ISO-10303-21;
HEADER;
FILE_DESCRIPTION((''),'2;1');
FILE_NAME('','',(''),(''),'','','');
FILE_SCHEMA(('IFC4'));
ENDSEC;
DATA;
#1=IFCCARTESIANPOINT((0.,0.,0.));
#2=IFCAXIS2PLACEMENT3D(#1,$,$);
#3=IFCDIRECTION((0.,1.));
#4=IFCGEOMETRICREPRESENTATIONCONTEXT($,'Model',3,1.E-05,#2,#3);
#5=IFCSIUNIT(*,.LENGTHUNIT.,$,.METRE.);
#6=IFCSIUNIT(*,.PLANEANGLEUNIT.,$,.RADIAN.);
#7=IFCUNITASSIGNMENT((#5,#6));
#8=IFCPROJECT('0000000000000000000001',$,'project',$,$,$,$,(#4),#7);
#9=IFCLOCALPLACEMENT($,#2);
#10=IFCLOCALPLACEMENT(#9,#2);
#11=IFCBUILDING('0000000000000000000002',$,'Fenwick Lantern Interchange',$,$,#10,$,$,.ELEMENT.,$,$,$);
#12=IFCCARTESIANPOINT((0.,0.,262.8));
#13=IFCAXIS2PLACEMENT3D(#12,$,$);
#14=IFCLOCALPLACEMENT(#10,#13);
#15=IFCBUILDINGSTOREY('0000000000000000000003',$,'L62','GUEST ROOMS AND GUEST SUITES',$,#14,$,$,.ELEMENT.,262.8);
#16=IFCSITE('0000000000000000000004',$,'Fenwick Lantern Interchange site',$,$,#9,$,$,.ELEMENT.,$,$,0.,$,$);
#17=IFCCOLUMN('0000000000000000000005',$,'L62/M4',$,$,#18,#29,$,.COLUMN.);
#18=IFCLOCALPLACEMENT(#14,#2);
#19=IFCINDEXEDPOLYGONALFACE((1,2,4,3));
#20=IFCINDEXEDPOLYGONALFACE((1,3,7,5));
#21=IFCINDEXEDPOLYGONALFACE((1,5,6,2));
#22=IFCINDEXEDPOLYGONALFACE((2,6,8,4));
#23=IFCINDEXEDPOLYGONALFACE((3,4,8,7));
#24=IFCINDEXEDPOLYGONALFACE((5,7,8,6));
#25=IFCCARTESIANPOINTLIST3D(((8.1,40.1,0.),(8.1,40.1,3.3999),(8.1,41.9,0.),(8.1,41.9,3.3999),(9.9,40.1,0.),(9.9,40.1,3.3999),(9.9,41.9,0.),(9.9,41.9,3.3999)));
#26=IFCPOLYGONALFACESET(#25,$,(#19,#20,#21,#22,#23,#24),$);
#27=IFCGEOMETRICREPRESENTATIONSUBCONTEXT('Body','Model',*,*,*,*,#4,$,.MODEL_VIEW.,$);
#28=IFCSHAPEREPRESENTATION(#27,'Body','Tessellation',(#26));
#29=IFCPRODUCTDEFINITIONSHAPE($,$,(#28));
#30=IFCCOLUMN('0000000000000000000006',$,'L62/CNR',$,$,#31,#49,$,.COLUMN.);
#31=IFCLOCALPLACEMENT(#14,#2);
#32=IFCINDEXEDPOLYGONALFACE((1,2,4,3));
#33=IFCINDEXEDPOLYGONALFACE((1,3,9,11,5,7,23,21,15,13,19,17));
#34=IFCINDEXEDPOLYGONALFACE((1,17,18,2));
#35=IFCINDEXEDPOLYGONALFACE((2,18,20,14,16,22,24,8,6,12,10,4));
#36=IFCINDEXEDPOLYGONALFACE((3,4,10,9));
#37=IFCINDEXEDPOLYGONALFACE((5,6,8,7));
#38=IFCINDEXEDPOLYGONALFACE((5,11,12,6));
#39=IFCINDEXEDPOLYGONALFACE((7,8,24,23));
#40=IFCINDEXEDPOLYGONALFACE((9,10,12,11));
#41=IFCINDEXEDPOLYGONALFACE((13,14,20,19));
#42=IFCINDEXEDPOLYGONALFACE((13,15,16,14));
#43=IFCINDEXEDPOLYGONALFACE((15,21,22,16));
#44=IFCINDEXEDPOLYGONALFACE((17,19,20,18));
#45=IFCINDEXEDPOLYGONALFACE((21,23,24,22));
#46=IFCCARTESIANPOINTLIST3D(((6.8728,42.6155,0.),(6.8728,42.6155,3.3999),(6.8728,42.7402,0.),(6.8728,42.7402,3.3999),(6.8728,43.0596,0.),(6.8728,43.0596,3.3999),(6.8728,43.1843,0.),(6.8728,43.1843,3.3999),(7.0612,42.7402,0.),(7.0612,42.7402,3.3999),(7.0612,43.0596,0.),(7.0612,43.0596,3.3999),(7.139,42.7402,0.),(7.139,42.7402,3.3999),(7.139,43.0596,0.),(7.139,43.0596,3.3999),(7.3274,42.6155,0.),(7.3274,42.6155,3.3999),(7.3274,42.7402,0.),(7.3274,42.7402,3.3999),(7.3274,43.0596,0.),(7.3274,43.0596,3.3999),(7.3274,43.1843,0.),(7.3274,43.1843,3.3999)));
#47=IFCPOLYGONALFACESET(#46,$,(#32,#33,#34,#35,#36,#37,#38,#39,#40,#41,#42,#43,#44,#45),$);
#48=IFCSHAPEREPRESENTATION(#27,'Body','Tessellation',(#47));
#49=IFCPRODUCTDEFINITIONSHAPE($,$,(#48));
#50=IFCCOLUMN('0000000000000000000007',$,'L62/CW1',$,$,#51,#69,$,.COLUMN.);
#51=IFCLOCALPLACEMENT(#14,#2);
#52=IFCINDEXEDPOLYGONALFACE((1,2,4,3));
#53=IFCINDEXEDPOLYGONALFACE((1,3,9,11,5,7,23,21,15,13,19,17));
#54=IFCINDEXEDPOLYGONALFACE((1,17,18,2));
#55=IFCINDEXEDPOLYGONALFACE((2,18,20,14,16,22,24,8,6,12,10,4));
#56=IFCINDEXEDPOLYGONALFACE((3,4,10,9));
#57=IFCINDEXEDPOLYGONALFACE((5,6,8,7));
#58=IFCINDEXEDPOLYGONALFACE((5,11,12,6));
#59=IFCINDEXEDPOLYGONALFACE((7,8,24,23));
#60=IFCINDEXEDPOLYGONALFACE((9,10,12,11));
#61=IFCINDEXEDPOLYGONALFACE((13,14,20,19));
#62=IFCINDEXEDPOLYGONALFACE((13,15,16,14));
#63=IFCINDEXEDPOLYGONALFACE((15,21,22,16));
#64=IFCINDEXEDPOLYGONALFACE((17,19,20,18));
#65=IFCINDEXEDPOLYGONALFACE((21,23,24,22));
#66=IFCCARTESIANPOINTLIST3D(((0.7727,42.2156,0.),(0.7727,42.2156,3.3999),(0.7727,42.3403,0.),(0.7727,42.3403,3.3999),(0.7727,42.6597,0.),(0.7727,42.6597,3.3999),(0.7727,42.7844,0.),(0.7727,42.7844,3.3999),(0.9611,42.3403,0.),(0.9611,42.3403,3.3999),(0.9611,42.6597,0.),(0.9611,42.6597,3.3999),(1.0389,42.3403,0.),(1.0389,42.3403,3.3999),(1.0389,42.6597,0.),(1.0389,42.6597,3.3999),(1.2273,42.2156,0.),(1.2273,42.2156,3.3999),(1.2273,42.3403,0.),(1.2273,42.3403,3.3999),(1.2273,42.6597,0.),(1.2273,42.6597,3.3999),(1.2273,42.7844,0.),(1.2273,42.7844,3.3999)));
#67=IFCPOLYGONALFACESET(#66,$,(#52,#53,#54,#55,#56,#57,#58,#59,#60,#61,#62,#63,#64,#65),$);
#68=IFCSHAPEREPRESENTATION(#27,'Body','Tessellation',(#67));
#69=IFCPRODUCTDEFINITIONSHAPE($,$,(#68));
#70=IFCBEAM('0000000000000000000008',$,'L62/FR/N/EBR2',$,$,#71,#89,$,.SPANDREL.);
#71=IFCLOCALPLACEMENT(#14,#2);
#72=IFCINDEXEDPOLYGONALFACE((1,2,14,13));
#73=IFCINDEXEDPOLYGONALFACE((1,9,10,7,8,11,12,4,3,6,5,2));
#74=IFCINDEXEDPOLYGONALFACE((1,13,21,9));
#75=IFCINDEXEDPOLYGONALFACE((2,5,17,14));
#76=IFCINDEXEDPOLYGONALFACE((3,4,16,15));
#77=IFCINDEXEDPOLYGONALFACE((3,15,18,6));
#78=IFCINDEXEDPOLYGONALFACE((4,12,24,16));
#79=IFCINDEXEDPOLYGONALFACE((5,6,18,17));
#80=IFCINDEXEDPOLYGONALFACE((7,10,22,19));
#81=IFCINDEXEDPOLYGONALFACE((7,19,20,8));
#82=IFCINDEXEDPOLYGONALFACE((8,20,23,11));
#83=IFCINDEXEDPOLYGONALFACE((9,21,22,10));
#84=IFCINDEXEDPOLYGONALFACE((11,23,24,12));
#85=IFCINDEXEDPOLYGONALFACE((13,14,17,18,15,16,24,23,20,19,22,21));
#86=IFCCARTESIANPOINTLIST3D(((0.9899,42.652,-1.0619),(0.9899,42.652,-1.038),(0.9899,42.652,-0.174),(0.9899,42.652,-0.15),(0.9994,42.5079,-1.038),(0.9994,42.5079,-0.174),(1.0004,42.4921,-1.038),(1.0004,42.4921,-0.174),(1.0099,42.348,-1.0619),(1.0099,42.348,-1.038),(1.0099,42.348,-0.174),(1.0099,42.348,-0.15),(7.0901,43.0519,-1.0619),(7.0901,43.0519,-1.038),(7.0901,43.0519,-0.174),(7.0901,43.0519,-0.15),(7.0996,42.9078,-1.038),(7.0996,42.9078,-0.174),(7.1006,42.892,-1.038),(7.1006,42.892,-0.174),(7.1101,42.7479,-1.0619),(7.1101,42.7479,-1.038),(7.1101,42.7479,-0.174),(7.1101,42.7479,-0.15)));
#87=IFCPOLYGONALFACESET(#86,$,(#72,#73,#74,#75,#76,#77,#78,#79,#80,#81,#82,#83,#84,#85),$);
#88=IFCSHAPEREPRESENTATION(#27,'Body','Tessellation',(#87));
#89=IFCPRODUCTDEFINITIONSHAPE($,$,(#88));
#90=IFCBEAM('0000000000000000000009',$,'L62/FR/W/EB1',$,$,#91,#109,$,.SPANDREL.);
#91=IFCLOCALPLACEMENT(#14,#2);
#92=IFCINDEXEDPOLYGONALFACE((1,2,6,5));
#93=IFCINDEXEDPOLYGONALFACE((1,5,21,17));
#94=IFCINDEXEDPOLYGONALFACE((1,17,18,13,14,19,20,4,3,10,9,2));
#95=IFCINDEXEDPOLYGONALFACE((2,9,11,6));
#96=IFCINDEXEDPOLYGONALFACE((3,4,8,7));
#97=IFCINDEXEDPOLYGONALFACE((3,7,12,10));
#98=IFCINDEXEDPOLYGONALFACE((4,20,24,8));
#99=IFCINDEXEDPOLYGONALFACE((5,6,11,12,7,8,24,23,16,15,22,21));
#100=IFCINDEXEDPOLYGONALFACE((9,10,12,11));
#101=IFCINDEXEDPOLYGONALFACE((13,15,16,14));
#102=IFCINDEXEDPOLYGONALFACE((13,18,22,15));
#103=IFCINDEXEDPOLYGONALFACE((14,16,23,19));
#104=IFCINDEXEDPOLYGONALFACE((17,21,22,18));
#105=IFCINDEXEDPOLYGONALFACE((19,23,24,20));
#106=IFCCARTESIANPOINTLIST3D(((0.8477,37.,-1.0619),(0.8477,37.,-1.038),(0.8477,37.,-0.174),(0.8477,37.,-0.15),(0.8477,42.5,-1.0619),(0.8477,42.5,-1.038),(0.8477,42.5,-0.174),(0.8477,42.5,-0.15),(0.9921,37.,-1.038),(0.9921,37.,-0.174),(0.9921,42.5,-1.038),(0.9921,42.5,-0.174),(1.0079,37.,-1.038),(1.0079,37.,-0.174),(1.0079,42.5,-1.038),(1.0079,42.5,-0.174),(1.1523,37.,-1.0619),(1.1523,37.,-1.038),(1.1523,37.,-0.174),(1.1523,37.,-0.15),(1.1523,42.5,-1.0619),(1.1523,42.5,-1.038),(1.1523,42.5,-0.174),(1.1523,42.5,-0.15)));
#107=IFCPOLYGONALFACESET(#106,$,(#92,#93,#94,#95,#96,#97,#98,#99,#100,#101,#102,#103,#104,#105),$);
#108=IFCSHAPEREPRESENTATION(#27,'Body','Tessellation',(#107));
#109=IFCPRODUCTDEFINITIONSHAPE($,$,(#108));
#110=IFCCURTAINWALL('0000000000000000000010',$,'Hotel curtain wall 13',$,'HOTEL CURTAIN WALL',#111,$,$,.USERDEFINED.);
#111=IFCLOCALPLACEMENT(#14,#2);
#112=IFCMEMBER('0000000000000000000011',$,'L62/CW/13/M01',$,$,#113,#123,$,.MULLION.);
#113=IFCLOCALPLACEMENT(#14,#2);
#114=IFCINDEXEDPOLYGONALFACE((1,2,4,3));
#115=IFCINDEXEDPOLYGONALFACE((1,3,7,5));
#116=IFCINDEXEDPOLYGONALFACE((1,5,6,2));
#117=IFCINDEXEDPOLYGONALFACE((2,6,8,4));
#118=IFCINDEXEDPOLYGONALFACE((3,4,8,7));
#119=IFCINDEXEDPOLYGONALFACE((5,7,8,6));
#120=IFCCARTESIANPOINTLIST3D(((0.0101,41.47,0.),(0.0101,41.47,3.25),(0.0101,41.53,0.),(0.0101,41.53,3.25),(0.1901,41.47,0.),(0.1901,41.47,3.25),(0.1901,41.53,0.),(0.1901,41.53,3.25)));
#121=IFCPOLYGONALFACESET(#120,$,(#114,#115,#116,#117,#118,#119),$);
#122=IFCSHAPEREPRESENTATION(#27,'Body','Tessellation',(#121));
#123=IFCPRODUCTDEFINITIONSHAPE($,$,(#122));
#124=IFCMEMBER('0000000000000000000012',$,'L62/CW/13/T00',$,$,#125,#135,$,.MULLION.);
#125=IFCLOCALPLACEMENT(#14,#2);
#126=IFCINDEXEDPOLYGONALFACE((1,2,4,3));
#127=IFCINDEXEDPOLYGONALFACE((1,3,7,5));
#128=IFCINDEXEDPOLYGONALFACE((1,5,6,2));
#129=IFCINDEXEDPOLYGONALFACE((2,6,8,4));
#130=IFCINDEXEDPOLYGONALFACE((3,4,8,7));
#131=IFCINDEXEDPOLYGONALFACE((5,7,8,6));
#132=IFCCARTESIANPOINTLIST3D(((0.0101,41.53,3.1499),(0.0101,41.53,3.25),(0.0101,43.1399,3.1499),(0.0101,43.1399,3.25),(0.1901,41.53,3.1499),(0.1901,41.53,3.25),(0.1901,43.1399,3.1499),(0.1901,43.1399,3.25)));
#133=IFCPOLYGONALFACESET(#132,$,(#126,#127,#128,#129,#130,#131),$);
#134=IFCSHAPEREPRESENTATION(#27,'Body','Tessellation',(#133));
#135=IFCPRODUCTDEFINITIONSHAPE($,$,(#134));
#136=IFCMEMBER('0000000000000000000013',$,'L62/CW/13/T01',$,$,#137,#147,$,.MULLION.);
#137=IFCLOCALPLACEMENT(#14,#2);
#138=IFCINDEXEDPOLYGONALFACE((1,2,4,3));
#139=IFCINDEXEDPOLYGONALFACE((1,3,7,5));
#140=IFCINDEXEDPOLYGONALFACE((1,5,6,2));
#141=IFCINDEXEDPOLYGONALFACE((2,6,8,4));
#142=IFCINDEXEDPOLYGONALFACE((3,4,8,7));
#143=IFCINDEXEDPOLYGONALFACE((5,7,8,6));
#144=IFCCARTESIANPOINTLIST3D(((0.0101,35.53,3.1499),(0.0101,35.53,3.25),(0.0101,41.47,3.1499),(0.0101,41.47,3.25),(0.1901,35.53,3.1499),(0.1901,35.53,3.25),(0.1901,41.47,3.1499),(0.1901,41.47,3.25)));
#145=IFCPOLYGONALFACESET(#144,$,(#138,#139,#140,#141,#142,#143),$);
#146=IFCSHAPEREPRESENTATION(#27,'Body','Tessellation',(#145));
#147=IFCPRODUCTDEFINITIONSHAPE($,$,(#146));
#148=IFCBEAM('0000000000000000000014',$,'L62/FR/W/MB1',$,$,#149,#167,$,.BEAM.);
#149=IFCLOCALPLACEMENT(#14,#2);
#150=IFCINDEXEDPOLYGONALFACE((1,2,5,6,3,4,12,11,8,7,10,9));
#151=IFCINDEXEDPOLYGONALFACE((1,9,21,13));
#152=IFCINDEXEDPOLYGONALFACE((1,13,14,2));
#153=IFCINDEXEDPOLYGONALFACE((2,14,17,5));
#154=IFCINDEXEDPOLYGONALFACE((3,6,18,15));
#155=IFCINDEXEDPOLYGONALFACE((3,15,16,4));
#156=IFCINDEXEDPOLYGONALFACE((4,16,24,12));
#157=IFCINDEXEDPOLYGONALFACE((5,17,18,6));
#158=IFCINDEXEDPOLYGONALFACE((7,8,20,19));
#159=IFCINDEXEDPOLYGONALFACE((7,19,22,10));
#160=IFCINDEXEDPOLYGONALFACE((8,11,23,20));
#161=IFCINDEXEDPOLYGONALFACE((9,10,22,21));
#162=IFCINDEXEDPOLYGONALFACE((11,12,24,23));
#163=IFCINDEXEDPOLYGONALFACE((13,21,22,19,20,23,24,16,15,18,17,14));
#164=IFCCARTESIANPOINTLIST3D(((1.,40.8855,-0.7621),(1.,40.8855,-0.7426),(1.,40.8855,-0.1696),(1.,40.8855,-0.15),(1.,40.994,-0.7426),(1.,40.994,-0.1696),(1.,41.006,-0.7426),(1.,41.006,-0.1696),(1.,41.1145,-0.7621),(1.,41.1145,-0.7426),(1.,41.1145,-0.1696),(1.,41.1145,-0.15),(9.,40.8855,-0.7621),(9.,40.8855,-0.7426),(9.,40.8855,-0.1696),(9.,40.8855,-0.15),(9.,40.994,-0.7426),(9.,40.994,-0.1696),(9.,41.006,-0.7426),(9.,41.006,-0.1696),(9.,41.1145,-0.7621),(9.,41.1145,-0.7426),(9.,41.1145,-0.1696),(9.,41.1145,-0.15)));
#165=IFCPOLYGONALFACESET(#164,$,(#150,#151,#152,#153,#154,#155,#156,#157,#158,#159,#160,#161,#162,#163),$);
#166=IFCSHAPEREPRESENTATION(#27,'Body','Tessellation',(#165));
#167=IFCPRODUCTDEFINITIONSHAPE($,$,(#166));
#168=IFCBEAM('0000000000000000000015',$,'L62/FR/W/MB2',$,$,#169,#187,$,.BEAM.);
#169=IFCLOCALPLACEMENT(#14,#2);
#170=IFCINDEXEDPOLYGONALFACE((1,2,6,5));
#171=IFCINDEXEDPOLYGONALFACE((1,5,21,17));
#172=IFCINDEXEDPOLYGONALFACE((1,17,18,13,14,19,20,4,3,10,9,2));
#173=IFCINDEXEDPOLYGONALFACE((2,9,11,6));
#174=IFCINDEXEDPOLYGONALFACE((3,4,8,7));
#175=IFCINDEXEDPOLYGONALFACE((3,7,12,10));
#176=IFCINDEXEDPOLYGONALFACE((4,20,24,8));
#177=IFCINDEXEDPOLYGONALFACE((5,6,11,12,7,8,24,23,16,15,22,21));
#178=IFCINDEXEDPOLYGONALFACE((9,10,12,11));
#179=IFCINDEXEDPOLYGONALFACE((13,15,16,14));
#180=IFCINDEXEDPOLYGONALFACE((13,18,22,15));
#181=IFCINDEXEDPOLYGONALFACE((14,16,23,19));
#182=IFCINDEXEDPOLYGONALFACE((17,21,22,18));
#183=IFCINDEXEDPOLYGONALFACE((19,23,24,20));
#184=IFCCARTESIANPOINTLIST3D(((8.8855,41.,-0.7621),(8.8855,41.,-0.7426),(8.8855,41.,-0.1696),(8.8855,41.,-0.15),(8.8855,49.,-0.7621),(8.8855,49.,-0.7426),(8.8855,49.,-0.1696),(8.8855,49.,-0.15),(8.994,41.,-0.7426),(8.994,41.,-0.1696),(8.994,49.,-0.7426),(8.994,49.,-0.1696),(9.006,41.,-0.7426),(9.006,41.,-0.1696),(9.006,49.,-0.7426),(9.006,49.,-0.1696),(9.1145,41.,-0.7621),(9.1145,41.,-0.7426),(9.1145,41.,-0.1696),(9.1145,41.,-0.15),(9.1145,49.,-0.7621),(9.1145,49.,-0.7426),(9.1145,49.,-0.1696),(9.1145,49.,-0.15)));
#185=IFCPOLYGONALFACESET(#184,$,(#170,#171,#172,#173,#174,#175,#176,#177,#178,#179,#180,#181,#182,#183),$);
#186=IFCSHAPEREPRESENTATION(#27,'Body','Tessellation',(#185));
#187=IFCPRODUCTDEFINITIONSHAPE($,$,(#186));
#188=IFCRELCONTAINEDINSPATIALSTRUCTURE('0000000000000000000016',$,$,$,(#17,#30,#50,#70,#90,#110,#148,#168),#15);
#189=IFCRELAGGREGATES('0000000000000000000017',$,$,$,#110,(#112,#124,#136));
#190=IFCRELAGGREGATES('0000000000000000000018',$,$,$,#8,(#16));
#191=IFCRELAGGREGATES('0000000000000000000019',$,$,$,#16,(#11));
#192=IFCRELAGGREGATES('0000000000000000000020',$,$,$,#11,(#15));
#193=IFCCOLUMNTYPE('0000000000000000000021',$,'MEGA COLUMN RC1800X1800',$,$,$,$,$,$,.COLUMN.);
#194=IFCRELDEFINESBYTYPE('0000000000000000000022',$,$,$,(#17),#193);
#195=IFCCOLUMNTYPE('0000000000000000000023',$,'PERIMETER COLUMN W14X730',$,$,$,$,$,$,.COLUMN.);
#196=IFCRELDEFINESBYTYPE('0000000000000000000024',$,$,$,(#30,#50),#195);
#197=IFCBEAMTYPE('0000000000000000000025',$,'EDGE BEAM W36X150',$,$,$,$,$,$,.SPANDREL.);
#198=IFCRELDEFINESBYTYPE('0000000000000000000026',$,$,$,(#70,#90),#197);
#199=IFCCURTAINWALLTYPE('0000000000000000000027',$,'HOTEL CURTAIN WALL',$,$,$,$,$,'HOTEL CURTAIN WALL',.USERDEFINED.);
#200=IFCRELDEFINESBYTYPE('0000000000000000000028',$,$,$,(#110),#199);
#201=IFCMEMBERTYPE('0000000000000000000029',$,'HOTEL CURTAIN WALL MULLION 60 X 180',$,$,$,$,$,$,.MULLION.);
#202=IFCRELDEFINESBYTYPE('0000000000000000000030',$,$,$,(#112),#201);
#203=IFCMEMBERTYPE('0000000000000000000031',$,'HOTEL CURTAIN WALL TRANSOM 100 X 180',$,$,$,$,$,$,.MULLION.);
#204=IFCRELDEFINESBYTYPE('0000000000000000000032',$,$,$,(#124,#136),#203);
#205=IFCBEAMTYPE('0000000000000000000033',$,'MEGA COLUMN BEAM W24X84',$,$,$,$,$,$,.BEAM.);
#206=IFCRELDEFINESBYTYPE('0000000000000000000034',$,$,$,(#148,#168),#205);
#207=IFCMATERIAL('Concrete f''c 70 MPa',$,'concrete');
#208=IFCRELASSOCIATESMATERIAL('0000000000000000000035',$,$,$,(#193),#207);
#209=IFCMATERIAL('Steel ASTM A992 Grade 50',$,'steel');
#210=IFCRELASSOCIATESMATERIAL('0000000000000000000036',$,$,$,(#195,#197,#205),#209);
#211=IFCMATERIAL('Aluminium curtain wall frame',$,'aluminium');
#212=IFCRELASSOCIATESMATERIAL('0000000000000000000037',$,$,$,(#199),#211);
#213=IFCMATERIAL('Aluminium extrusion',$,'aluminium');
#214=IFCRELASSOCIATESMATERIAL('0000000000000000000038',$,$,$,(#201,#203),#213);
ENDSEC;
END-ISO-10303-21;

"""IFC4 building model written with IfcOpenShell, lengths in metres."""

from ifc_helpers import new_model, si_unit, direction, frame, origin, origin_2d, place, context, subcontext, project, spatial, rectangle, i_section, extrude, material, material_profile, profile_set, type_object, element, aggregate, save


model = new_model("IFC4")

# Units and contexts
model_context = context("Model", 3, precision=1e-05, world=origin(), true_north=direction((0.0, 1.0)))
body_context = subcontext(model_context, "Body", "Model", "MODEL_VIEW")
ifc_project = project(units=[si_unit("LENGTHUNIT", "METRE"), si_unit("PLANEANGLEUNIT", "RADIAN")], contexts=[model_context])

# Site, building, storey
site_placement = place(None, origin())
site = spatial("IfcSite", under=ifc_project, at=site_placement, Name="Fenwick Lantern Interchange site", CompositionType="ELEMENT", RefElevation=0.0)
building_placement = place(site_placement, origin())
building = spatial("IfcBuilding", under=site, at=building_placement, Name="Fenwick Lantern Interchange", CompositionType="ELEMENT")
storey_placement = place(building_placement, frame((0.0, 0.0, 262.8)))
storey = spatial("IfcBuildingStorey", under=building, at=storey_placement, Name="L62", Description="GUEST ROOMS AND GUEST SUITES", CompositionType="ELEMENT", Elevation=262.8)

# Columns
ifc_material_1 = material(Name="Concrete f'c 70 MPa", Category="concrete")
ifc_material_profile_1 = material_profile(ifc_material_1, rectangle(XDim=1.8, YDim=1.8, at=origin_2d()), Name="RC1800X1800")
ifc_profile_set_1 = profile_set([ifc_material_profile_1], Name="Concrete f'c 70 MPa")
column_type_1 = type_object("IfcColumnType", Name="MEGA COLUMN RC1800X1800", PredefinedType="COLUMN", material=ifc_profile_set_1)
column_placement = place(storey_placement, frame((9.0, 41.0, 0.0), z_axis=(0.0, 0.0, 1.0), x_axis=(1.0, 0.0, 0.0)))
element("IfcColumn", 1, at=column_placement, inside=storey, type_object=column_type_1, Name="L62/M4", PredefinedType="COLUMN", context=body_context, shape_type="SweptSolid", body=[
    extrude(rectangle(XDim=1.8, YDim=1.8, at=origin_2d()), origin(), (0.0, 0.0, 1.0), 3.3999),
])
ifc_material_2 = material(Name="Steel ASTM A992 Grade 50", Category="steel")
ifc_material_profile_2 = material_profile(ifc_material_2, i_section(OverallWidth=0.4546, OverallDepth=0.5688, WebThickness=0.0779, FlangeThickness=0.1248, at=origin_2d()), Name="W14X730")
ifc_profile_set_2 = profile_set([ifc_material_profile_2], Name="Steel ASTM A992 Grade 50")
column_type_2 = type_object("IfcColumnType", Name="PERIMETER COLUMN W14X730", PredefinedType="COLUMN", material=ifc_profile_set_2)
for number, where, z_axis, x_axis, name in (
    (2, (7.1001, 42.8999, 0.0), (0.0, 0.0, 1.0), (1.0, 0.0, 0.0), "L62/CNR"),
    (3, (1.0, 42.5, 0.0), (0.0, 0.0, 1.0), (1.0, 0.0, 0.0), "L62/CW1"),
):
    element("IfcColumn", number, at=place(storey_placement, frame(where, z_axis=z_axis, x_axis=x_axis)), inside=storey, type_object=column_type_2, Name=name, PredefinedType="COLUMN", context=body_context, shape_type="SweptSolid", body=[
        extrude(i_section(OverallWidth=0.4546, OverallDepth=0.5688, WebThickness=0.0779, FlangeThickness=0.1248, at=origin_2d()), origin(), (0.0, 0.0, 1.0), 3.3999),
    ])

# Beams
ifc_material_profile_3 = material_profile(ifc_material_2, i_section(OverallWidth=0.3047, OverallDepth=0.9119, WebThickness=0.0159, FlangeThickness=0.0239, at=origin_2d()), Name="W36X150")
ifc_profile_set_3 = profile_set([ifc_material_profile_3], Name="Steel ASTM A992 Grade 50")
beam_type_1 = type_object("IfcBeamType", Name="EDGE BEAM W36X150", PredefinedType="SPANDREL", material=ifc_profile_set_3)
beam_1_placement = place(storey_placement, frame((7.1001, 42.8999, -0.606), z_axis=(-0.997858, -0.065416, 0.0), x_axis=(0.065416, -0.997858, 0.0)))
element("IfcBeam", 4, at=beam_1_placement, inside=storey, type_object=beam_type_1, Name="L62/FR/N/EBR2", PredefinedType="SPANDREL", context=body_context, shape_type="SweptSolid", body=[
    extrude(i_section(OverallWidth=0.3047, OverallDepth=0.9119, WebThickness=0.0159, FlangeThickness=0.0239, at=origin_2d()), origin(), (0.0, 0.0, 1.0), 6.1133),
])
beam_2_placement = place(storey_placement, frame((1.0, 42.5, -0.606), z_axis=(0.0, -1.0, 0.0), x_axis=(1.0, 0.0, 0.0)))
element("IfcBeam", 5, at=beam_2_placement, inside=storey, type_object=beam_type_1, Name="L62/FR/W/EB1", PredefinedType="SPANDREL", context=body_context, shape_type="SweptSolid", body=[
    extrude(i_section(OverallWidth=0.3047, OverallDepth=0.9119, WebThickness=0.0159, FlangeThickness=0.0239, at=origin_2d()), origin(), (0.0, 0.0, 1.0), 5.5),
])

# Curtain wall, members
ifc_material_3 = material(Name="Aluminium curtain wall frame", Category="aluminium")
curtain_wall_type = type_object("IfcCurtainWallType", Name="HOTEL CURTAIN WALL", ElementType="HOTEL CURTAIN WALL", PredefinedType="USERDEFINED", material=ifc_material_3)
curtain_wall_placement = place(storey_placement, origin())
curtain_wall = element("IfcCurtainWall", 6, at=curtain_wall_placement, inside=storey, type_object=curtain_wall_type, Name="Hotel curtain wall 13", ObjectType="HOTEL CURTAIN WALL", PredefinedType="USERDEFINED")
ifc_material_4 = material(Name="Aluminium extrusion", Category="aluminium")
ifc_material_profile_4 = material_profile(ifc_material_4, rectangle(XDim=0.1799, YDim=0.0601, at=origin_2d()), Name="HOTEL CURTAIN WALL MULLION 60 X 180")
ifc_profile_set_4 = profile_set([ifc_material_profile_4], Name="Aluminium extrusion")
member_type_1 = type_object("IfcMemberType", Name="HOTEL CURTAIN WALL MULLION 60 X 180", PredefinedType="MULLION", material=ifc_profile_set_4)
member_1_placement = place(storey_placement, frame((0.1001, 41.5, 0.0), z_axis=(0.0, 0.0, 1.0), x_axis=(1.0, 0.0, 0.0)))
member_1 = element("IfcMember", 7, at=member_1_placement, type_object=member_type_1, Name="L62/CW/13/M01", PredefinedType="MULLION", context=body_context, shape_type="SweptSolid", body=[
    extrude(rectangle(XDim=0.1799, YDim=0.0601, at=origin_2d()), origin(), (0.0, 0.0, 1.0), 3.25),
])
ifc_material_profile_5 = material_profile(ifc_material_4, rectangle(XDim=0.1799, YDim=0.1001, at=origin_2d()), Name="HOTEL CURTAIN WALL TRANSOM 100 X 180")
ifc_profile_set_5 = profile_set([ifc_material_profile_5], Name="Aluminium extrusion")
member_type_2 = type_object("IfcMemberType", Name="HOTEL CURTAIN WALL TRANSOM 100 X 180", PredefinedType="MULLION", material=ifc_profile_set_5)
member_2_placement = place(storey_placement, frame((0.1001, 43.1399, 3.2), z_axis=(0.0, -1.0, 0.0), x_axis=(1.0, 0.0, 0.0)))
member_2 = element("IfcMember", 8, at=member_2_placement, type_object=member_type_2, Name="L62/CW/13/T00", PredefinedType="MULLION", context=body_context, shape_type="SweptSolid", body=[
    extrude(rectangle(XDim=0.1799, YDim=0.1001, at=origin_2d()), origin(), (0.0, 0.0, 1.0), 1.6099),
])
member_3_placement = place(storey_placement, frame((0.1001, 41.47, 3.2), z_axis=(0.0, -1.0, 0.0), x_axis=(1.0, 0.0, 0.0)))
member_3 = element("IfcMember", 9, at=member_3_placement, type_object=member_type_2, Name="L62/CW/13/T01", PredefinedType="MULLION", context=body_context, shape_type="SweptSolid", body=[
    extrude(rectangle(XDim=0.1799, YDim=0.1001, at=origin_2d()), origin(), (0.0, 0.0, 1.0), 5.9399),
])

# Beams
ifc_material_profile_6 = material_profile(ifc_material_2, i_section(OverallWidth=0.229, OverallDepth=0.6121, WebThickness=0.012, FlangeThickness=0.0195, at=origin_2d()), Name="W24X84")
ifc_profile_set_6 = profile_set([ifc_material_profile_6], Name="Steel ASTM A992 Grade 50")
beam_type_2 = type_object("IfcBeamType", Name="MEGA COLUMN BEAM W24X84", PredefinedType="BEAM", material=ifc_profile_set_6)
for number, where, z_axis, x_axis, name in (
    (10, (9.0, 41.0, -0.4561), (-1.0, 0.0, 0.0), (0.0, -1.0, 0.0), "L62/FR/W/MB1"),
    (11, (9.0, 41.0, -0.4561), (0.0, 1.0, 0.0), (-1.0, 0.0, 0.0), "L62/FR/W/MB2"),
):
    element("IfcBeam", number, at=place(storey_placement, frame(where, z_axis=z_axis, x_axis=x_axis)), inside=storey, type_object=beam_type_2, Name=name, PredefinedType="BEAM", context=body_context, shape_type="SweptSolid", body=[
        extrude(i_section(OverallWidth=0.229, OverallDepth=0.6121, WebThickness=0.012, FlangeThickness=0.0195, at=origin_2d()), origin(), (0.0, 0.0, 1.0), 8.0),
    ])

aggregate(curtain_wall, [member_1, member_2, member_3])

save(model, "model.ifc")
